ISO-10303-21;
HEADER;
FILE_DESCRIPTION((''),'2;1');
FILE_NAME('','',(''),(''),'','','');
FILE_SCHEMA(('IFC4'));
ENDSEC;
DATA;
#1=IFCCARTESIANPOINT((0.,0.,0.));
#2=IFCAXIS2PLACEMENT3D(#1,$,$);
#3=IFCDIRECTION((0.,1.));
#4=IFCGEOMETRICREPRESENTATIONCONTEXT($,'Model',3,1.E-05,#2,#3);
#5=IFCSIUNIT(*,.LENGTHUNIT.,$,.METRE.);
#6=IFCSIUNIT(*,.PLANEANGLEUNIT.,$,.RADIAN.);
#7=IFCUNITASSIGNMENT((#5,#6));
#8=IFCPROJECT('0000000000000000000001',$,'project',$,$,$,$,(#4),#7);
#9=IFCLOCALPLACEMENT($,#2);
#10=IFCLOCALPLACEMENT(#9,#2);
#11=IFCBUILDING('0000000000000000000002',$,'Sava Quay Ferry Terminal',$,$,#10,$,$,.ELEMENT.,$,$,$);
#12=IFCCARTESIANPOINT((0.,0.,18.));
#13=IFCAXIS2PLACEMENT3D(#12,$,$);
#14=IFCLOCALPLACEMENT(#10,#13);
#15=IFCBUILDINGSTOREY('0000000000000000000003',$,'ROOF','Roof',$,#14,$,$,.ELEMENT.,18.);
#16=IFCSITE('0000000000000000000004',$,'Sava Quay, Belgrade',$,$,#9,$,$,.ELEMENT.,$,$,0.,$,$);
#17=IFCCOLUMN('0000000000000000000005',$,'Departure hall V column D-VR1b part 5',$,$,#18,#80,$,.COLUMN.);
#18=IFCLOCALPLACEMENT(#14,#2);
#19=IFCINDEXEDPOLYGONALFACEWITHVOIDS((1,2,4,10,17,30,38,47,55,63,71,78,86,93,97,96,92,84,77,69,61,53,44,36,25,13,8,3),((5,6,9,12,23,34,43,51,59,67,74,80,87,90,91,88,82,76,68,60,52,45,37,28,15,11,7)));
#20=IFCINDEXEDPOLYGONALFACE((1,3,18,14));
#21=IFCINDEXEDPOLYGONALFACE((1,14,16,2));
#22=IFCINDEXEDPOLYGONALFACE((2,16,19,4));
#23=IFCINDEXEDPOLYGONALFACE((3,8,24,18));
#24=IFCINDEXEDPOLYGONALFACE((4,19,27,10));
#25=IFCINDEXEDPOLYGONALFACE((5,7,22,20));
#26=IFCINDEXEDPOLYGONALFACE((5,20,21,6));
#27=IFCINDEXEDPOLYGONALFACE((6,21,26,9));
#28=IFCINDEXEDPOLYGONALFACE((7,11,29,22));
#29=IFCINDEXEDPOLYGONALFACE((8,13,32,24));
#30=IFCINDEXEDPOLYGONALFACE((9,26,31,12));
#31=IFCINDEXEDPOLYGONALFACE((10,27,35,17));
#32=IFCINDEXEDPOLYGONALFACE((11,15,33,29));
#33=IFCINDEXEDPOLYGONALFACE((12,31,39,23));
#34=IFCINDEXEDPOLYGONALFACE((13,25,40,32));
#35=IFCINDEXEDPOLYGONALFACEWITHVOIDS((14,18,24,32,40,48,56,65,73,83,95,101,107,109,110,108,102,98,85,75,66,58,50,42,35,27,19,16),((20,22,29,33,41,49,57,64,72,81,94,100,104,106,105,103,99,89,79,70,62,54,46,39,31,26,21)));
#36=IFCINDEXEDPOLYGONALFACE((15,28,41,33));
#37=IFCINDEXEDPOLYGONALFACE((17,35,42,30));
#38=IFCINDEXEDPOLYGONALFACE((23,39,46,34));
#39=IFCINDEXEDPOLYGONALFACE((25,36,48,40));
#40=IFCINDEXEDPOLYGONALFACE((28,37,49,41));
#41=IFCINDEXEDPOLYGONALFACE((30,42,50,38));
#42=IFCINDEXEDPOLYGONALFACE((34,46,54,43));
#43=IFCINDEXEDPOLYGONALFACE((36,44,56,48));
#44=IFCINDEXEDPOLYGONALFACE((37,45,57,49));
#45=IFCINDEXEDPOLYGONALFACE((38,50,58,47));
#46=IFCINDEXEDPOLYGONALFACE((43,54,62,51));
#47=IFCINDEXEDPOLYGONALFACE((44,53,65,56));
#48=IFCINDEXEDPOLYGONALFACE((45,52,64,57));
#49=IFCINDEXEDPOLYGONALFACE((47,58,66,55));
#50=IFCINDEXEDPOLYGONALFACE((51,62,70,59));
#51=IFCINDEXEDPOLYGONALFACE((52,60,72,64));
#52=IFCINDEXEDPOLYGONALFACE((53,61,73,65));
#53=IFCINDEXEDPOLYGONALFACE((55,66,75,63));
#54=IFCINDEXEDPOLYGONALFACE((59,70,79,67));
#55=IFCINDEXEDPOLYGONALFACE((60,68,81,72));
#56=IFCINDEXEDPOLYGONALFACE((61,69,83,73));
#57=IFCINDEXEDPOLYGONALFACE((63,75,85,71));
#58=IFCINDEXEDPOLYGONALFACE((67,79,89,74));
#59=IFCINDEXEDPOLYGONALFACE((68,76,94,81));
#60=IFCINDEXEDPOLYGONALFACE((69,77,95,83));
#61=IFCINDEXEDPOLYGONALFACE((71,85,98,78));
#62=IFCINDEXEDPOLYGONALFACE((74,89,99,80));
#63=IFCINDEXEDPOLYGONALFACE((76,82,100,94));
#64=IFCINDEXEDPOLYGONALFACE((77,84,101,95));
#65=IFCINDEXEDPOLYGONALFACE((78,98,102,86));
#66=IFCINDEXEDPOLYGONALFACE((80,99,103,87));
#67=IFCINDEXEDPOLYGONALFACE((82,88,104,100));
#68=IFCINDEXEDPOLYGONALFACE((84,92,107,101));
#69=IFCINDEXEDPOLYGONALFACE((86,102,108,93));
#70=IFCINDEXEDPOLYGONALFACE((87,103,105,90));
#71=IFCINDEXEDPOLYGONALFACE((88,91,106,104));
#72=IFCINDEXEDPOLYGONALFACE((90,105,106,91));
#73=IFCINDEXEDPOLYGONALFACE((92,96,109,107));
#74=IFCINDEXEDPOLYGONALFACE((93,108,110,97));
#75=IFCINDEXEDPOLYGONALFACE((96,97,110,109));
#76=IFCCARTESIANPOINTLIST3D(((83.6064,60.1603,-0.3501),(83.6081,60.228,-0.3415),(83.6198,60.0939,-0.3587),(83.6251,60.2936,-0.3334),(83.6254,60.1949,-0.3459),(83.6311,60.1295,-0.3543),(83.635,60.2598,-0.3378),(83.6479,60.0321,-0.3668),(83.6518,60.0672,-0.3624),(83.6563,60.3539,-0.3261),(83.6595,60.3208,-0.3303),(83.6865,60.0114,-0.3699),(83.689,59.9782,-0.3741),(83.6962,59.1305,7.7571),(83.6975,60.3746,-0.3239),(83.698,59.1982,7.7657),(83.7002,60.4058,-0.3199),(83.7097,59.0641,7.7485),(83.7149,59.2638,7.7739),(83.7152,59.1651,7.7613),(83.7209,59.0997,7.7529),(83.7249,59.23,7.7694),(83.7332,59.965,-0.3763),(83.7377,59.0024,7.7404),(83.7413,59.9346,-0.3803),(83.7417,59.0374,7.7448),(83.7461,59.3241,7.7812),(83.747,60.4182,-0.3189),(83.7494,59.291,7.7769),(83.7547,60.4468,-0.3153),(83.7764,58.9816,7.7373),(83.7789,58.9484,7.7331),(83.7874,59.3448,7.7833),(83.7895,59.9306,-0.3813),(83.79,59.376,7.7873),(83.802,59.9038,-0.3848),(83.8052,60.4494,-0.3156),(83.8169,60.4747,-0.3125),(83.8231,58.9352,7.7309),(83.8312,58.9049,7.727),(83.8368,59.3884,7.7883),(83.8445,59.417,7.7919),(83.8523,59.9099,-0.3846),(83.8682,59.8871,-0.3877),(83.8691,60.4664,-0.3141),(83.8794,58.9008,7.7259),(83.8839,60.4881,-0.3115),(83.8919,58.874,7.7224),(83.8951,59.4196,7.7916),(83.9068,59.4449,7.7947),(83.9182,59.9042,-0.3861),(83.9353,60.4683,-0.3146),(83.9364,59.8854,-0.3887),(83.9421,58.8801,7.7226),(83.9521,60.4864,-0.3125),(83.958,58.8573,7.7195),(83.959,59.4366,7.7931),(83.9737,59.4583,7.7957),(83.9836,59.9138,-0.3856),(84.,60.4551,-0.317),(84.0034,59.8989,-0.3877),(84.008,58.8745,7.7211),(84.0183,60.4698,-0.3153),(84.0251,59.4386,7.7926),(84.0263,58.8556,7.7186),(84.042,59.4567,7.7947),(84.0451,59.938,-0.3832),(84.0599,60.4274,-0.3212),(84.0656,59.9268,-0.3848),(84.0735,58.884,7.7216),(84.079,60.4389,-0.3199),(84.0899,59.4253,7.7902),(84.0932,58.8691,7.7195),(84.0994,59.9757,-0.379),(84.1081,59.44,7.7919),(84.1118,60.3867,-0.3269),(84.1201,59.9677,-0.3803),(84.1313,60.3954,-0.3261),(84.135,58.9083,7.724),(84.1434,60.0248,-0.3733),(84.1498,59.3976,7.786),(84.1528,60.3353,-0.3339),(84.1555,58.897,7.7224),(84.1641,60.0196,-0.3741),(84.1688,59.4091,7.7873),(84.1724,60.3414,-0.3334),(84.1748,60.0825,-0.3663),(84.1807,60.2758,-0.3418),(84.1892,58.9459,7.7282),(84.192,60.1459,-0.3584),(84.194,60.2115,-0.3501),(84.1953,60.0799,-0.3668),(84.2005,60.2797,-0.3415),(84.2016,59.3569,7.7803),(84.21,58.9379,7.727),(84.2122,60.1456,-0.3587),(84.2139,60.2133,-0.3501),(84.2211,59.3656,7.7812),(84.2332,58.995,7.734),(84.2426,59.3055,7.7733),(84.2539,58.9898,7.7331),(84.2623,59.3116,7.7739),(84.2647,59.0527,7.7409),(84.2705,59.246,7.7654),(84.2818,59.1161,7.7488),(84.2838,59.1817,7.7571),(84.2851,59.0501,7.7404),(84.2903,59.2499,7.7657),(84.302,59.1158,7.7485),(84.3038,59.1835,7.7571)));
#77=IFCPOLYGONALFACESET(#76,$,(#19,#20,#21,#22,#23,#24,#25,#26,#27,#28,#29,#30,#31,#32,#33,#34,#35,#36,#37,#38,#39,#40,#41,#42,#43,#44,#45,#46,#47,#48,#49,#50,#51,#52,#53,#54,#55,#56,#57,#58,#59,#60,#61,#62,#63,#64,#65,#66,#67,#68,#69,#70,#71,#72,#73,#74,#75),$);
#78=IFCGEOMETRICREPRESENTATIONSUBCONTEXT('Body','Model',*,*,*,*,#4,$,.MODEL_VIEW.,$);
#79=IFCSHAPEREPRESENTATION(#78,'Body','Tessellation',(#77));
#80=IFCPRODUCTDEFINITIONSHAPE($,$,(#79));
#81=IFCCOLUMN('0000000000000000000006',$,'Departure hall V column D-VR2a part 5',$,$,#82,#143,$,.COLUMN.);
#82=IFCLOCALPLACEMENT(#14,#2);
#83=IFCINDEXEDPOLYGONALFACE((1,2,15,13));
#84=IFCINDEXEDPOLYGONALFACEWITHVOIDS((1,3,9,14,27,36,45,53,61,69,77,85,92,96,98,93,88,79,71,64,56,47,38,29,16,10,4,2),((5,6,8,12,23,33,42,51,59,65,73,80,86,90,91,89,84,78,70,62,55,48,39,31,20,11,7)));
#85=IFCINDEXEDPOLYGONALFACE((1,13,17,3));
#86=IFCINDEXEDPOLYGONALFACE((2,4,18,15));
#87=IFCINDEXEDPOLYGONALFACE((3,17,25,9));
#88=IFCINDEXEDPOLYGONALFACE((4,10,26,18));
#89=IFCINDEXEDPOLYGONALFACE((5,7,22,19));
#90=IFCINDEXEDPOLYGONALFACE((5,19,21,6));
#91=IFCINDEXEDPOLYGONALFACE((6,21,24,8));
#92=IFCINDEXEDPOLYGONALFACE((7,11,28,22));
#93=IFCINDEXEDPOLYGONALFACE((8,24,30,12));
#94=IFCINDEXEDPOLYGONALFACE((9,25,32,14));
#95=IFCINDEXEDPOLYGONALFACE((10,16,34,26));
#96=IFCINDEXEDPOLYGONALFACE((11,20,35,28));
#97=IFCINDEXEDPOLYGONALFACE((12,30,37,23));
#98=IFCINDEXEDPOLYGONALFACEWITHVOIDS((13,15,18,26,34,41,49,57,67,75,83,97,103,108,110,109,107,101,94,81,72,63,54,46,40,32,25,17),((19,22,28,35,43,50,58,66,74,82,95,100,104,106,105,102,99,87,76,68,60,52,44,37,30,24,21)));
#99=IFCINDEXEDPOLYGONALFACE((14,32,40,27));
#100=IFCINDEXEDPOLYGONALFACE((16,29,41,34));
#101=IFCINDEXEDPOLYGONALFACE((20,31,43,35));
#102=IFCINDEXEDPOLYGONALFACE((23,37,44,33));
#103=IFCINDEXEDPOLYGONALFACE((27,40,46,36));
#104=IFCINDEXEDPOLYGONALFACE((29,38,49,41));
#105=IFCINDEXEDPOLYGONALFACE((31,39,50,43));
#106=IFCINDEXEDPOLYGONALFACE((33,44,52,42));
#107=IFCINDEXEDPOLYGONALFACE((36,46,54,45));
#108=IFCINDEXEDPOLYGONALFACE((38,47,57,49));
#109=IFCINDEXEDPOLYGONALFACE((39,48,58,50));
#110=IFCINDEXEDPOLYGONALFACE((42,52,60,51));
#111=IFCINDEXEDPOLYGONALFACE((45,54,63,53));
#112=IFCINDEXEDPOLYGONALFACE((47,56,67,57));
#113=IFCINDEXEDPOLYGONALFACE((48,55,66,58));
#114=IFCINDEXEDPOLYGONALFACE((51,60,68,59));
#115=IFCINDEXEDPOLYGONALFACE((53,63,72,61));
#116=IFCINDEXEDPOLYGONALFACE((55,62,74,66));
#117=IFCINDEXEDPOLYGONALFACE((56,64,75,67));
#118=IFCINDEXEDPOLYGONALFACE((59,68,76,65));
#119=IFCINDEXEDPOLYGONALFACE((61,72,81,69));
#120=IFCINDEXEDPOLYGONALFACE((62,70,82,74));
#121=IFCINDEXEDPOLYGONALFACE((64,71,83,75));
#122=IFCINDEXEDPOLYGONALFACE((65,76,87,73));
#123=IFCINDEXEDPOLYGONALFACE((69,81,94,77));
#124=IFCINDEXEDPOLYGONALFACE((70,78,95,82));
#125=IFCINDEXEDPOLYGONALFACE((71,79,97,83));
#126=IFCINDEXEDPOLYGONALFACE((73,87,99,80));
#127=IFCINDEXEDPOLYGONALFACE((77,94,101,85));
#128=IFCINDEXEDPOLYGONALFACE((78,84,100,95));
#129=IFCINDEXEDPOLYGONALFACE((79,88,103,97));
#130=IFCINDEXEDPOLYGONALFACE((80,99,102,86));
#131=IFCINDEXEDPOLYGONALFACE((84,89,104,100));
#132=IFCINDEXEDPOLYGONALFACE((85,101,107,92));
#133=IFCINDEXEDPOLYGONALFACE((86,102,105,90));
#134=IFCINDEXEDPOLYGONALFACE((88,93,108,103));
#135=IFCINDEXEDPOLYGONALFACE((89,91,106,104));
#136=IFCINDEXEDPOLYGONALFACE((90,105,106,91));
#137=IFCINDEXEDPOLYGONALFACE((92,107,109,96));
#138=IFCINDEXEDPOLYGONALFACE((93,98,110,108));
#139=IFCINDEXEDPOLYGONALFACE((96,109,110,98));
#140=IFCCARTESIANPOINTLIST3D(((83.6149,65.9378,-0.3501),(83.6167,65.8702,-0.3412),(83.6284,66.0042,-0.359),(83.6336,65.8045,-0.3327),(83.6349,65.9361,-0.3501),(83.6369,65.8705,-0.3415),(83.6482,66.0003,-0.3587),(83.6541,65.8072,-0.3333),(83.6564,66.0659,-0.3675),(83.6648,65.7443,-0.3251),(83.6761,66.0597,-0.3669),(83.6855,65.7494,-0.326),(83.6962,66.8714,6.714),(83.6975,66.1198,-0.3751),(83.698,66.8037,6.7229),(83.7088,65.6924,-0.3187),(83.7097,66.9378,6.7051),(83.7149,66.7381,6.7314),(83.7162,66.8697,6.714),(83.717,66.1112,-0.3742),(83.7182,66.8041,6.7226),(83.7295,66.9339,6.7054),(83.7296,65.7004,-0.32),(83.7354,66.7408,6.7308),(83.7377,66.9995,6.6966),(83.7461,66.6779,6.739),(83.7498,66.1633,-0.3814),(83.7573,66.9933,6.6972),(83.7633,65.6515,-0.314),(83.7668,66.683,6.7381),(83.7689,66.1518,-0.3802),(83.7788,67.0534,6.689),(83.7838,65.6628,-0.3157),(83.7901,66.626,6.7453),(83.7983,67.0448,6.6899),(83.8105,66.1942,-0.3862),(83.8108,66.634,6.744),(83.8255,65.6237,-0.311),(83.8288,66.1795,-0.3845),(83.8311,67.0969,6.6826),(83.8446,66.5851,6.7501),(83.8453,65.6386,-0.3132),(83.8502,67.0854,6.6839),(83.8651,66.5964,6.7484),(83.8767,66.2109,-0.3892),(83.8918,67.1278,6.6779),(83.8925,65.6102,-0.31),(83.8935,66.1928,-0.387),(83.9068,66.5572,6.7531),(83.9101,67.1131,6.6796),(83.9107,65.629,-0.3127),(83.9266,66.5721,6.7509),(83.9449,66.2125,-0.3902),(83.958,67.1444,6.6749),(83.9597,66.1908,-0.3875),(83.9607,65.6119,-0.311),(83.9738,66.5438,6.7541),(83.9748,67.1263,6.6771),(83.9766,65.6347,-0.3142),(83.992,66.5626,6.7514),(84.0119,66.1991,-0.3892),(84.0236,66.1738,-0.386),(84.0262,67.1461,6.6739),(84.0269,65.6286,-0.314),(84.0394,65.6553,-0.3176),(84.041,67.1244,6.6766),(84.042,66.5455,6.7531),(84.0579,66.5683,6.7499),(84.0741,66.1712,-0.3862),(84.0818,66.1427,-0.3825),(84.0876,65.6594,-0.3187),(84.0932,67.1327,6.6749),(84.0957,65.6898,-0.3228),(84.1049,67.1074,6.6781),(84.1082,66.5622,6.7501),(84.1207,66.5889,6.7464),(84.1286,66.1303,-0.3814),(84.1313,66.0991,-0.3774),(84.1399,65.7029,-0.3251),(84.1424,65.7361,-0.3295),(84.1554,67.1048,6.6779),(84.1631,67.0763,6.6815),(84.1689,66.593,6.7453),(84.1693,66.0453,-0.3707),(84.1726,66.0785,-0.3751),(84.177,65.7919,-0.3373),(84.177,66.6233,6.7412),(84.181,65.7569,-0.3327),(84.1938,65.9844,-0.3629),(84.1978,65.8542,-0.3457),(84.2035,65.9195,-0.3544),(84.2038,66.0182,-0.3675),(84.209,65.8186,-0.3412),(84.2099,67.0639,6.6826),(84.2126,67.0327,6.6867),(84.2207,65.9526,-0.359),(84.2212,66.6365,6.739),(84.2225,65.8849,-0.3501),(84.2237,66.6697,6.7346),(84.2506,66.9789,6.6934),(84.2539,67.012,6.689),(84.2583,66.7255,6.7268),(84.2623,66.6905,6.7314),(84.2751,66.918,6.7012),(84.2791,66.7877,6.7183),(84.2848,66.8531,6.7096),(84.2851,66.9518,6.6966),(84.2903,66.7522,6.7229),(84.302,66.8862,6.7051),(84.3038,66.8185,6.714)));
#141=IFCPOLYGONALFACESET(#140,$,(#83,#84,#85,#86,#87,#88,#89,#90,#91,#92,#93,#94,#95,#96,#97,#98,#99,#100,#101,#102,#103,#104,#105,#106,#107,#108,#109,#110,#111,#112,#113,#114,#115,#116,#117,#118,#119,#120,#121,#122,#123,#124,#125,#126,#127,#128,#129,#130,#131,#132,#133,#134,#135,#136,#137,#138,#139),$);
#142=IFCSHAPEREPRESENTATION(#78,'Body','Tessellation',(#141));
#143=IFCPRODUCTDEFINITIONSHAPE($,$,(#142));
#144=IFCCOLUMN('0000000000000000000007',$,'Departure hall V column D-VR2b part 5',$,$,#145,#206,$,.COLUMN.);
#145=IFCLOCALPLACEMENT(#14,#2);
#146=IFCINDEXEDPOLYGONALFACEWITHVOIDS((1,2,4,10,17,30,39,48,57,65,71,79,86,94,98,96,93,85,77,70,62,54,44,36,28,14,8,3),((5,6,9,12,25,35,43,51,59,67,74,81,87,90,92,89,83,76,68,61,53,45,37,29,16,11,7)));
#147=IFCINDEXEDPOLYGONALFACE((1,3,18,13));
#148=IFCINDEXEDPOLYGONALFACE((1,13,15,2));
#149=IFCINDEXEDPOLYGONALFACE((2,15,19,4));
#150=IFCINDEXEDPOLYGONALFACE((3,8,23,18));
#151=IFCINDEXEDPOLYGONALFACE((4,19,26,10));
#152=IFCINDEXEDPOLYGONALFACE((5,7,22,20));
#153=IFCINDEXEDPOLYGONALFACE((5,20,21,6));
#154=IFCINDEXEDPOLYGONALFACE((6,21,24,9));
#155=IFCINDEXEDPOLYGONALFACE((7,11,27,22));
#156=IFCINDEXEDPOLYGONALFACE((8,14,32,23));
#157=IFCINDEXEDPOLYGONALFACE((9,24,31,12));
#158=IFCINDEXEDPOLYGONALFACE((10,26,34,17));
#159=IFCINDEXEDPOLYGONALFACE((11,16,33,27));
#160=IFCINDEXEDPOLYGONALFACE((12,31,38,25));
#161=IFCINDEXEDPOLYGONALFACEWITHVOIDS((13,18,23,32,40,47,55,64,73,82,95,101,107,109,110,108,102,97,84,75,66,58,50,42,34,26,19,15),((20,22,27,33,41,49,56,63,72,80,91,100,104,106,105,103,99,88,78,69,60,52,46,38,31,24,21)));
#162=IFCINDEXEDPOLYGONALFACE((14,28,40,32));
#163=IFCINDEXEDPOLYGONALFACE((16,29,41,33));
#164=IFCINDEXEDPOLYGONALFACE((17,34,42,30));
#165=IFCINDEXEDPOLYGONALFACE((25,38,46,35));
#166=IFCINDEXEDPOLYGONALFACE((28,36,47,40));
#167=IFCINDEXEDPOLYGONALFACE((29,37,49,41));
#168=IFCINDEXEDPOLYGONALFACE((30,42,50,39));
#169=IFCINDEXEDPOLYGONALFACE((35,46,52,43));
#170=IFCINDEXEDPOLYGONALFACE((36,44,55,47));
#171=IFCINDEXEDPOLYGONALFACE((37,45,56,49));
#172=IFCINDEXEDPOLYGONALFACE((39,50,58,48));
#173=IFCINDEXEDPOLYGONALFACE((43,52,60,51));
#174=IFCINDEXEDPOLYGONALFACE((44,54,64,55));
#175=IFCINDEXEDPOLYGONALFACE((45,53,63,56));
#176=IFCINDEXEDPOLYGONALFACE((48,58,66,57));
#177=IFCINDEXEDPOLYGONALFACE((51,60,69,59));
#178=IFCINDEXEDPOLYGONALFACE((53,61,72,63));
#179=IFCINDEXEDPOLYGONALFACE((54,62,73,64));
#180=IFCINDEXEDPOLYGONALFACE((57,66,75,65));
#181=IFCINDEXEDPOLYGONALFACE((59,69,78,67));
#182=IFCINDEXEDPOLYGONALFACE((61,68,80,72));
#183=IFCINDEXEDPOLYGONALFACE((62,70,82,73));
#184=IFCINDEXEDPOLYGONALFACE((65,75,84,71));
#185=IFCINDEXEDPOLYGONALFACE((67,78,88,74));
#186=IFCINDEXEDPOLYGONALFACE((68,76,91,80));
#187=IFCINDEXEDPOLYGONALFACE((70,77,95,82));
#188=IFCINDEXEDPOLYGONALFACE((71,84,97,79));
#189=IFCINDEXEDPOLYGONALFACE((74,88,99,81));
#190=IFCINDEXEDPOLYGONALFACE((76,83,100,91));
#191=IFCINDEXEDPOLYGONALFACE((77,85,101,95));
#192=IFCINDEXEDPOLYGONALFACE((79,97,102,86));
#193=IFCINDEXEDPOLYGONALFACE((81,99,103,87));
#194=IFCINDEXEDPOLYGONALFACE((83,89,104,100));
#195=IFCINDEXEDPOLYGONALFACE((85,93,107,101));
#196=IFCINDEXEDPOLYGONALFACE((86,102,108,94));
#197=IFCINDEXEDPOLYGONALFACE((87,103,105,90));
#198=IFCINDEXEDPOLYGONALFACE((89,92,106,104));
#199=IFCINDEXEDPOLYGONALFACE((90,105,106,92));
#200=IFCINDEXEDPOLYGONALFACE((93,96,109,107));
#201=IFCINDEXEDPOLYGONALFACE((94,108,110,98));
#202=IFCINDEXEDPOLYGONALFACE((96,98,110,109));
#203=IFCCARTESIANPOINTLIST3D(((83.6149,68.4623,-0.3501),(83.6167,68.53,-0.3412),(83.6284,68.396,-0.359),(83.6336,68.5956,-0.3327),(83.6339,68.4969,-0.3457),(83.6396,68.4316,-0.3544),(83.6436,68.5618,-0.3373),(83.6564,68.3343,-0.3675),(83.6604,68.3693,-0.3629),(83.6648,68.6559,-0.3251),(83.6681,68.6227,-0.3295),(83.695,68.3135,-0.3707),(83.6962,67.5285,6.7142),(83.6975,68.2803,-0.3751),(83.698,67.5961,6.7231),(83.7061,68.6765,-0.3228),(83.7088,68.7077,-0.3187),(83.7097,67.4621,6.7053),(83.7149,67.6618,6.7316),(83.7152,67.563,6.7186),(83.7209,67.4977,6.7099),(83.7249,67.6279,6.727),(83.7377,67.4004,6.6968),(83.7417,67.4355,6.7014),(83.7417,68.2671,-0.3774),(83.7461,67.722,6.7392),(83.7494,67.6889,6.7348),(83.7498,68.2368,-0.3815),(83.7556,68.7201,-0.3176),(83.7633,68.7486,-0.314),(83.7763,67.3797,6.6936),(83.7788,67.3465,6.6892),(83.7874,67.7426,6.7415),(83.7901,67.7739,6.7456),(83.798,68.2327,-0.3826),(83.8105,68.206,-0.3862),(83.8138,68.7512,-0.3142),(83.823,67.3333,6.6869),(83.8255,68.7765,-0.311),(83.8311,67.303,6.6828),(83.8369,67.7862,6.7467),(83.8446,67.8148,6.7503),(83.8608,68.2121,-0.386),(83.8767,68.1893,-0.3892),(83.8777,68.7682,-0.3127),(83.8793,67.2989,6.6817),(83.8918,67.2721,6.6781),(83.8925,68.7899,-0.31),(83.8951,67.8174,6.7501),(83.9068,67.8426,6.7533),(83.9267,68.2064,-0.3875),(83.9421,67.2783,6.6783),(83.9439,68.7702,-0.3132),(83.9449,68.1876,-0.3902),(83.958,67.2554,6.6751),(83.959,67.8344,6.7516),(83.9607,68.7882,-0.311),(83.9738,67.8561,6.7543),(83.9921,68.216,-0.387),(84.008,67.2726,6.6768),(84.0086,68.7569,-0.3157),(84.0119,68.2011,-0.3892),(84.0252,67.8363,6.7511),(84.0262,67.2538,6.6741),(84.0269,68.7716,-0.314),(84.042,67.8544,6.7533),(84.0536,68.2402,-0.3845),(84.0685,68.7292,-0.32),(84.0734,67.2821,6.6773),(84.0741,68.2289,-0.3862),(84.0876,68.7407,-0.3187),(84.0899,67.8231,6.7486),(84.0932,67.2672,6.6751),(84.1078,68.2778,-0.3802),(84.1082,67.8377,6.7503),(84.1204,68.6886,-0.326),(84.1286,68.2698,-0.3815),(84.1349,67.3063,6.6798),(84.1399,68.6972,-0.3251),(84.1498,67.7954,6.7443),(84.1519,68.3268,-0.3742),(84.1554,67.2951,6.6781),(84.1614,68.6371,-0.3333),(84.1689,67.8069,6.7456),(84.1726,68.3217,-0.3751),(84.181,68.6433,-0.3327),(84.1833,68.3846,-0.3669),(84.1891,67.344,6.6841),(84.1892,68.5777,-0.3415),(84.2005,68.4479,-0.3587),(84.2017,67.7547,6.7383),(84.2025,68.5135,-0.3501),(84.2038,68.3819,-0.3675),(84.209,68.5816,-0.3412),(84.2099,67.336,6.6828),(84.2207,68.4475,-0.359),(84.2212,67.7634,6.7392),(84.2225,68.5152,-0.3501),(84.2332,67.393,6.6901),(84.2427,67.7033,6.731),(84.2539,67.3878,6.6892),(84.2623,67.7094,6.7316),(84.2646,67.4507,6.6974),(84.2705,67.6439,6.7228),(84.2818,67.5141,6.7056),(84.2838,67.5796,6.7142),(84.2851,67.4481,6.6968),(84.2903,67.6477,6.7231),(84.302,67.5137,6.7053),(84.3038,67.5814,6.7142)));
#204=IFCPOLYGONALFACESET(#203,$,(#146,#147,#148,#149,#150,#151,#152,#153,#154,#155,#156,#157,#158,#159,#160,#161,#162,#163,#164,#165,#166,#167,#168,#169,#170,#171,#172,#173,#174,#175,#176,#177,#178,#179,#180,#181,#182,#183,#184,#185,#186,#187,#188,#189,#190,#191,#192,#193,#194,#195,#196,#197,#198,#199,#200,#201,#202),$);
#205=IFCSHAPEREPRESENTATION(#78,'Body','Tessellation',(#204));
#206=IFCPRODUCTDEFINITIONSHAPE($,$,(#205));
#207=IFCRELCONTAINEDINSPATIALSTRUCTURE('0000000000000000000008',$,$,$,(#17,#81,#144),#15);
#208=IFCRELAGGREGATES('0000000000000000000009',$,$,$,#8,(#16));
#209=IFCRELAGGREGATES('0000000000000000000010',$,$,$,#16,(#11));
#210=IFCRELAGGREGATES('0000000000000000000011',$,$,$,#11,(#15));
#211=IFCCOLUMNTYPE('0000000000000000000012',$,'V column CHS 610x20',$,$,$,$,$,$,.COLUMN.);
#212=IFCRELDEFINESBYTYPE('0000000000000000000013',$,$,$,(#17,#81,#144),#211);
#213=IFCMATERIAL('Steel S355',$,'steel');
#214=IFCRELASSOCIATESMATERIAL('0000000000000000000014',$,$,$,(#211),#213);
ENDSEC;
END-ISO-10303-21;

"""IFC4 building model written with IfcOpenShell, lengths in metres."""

from ifc_helpers import new_model, si_unit, direction, frame, origin, origin_2d, place, context, subcontext, project, spatial, hollow_circle, extrude, material, material_profile, profile_set, type_object, element, save


model = new_model("IFC4")

# Units and contexts
model_context = context("Model", 3, precision=1e-05, world=origin(), true_north=direction((0.0, 1.0)))
body_context = subcontext(model_context, "Body", "Model", "MODEL_VIEW")
ifc_project = project(units=[si_unit("LENGTHUNIT", "METRE"), si_unit("PLANEANGLEUNIT", "RADIAN")], contexts=[model_context])

# Site, building, storey
site_placement = place(None, origin())
site = spatial("IfcSite", under=ifc_project, at=site_placement, Name="Sava Quay, Belgrade", CompositionType="ELEMENT", RefElevation=0.0)
building_placement = place(site_placement, origin())
building = spatial("IfcBuilding", under=site, at=building_placement, Name="Sava Quay Ferry Terminal", CompositionType="ELEMENT")
storey_placement = place(building_placement, frame((0.0, 0.0, 18.0)))
storey = spatial("IfcBuildingStorey", under=building, at=storey_placement, Name="ROOF", Description="Roof", CompositionType="ELEMENT", Elevation=18.0)

# Columns
ifc_material_1 = material(Name="Steel S355", Category="steel")
ifc_material_profile = material_profile(ifc_material_1, hollow_circle(Radius=0.3049, WallThickness=0.02, at=origin_2d()), Name="CHS 610 x 20.0")
ifc_profile_set = profile_set([ifc_material_profile], Name="Steel S355")
column_type = type_object("IfcColumnType", Name="V column CHS 610x20", PredefinedType="COLUMN", material=ifc_profile_set)
for number, where, z_axis, x_axis, name in (
    (1, (83.9102, 60.1868, -0.3501), (0.010993, -0.126001, 0.991969), (0.996216, 0.086915, 0.0), "Departure hall V column D-VR1b part 5"),
):
    element("IfcColumn", number, at=place(storey_placement, frame(where, z_axis=z_axis, x_axis=x_axis)), inside=storey, type_object=column_type, Name=name, PredefinedType="COLUMN", context=body_context, shape_type="SweptSolid", body=[
        extrude(hollow_circle(Radius=0.3049, WallThickness=0.02, at=origin_2d()), origin(), (0.0, 0.0, 1.0), 8.1729),
    ])
column_1_placement = place(storey_placement, frame((83.9187, 65.9114, -0.3501), z_axis=(0.011409, 0.131011, 0.991315), x_axis=(-0.99623, 0.086753, 0.0)))
element("IfcColumn", 2, at=column_1_placement, inside=storey, type_object=column_type, Name="Departure hall V column D-VR2a part 5", PredefinedType="COLUMN", context=body_context, shape_type="SweptSolid", body=[
    extrude(hollow_circle(Radius=0.3049, WallThickness=0.02, at=origin_2d()), origin(), (0.0, 0.0, 1.0), 7.126),
])
column_2_placement = place(storey_placement, frame((83.9187, 68.4888, -0.3501), z_axis=(0.011409, -0.131044, 0.991311), x_axis=(0.996232, 0.086731, 0.0)))
element("IfcColumn", 3, at=column_2_placement, inside=storey, type_object=column_type, Name="Departure hall V column D-VR2b part 5", PredefinedType="COLUMN", context=body_context, shape_type="SweptSolid", body=[
    extrude(hollow_circle(Radius=0.3049, WallThickness=0.02, at=origin_2d()), origin(), (0.0, 0.0, 1.0), 7.1262),
])

save(model, "model.ifc")
